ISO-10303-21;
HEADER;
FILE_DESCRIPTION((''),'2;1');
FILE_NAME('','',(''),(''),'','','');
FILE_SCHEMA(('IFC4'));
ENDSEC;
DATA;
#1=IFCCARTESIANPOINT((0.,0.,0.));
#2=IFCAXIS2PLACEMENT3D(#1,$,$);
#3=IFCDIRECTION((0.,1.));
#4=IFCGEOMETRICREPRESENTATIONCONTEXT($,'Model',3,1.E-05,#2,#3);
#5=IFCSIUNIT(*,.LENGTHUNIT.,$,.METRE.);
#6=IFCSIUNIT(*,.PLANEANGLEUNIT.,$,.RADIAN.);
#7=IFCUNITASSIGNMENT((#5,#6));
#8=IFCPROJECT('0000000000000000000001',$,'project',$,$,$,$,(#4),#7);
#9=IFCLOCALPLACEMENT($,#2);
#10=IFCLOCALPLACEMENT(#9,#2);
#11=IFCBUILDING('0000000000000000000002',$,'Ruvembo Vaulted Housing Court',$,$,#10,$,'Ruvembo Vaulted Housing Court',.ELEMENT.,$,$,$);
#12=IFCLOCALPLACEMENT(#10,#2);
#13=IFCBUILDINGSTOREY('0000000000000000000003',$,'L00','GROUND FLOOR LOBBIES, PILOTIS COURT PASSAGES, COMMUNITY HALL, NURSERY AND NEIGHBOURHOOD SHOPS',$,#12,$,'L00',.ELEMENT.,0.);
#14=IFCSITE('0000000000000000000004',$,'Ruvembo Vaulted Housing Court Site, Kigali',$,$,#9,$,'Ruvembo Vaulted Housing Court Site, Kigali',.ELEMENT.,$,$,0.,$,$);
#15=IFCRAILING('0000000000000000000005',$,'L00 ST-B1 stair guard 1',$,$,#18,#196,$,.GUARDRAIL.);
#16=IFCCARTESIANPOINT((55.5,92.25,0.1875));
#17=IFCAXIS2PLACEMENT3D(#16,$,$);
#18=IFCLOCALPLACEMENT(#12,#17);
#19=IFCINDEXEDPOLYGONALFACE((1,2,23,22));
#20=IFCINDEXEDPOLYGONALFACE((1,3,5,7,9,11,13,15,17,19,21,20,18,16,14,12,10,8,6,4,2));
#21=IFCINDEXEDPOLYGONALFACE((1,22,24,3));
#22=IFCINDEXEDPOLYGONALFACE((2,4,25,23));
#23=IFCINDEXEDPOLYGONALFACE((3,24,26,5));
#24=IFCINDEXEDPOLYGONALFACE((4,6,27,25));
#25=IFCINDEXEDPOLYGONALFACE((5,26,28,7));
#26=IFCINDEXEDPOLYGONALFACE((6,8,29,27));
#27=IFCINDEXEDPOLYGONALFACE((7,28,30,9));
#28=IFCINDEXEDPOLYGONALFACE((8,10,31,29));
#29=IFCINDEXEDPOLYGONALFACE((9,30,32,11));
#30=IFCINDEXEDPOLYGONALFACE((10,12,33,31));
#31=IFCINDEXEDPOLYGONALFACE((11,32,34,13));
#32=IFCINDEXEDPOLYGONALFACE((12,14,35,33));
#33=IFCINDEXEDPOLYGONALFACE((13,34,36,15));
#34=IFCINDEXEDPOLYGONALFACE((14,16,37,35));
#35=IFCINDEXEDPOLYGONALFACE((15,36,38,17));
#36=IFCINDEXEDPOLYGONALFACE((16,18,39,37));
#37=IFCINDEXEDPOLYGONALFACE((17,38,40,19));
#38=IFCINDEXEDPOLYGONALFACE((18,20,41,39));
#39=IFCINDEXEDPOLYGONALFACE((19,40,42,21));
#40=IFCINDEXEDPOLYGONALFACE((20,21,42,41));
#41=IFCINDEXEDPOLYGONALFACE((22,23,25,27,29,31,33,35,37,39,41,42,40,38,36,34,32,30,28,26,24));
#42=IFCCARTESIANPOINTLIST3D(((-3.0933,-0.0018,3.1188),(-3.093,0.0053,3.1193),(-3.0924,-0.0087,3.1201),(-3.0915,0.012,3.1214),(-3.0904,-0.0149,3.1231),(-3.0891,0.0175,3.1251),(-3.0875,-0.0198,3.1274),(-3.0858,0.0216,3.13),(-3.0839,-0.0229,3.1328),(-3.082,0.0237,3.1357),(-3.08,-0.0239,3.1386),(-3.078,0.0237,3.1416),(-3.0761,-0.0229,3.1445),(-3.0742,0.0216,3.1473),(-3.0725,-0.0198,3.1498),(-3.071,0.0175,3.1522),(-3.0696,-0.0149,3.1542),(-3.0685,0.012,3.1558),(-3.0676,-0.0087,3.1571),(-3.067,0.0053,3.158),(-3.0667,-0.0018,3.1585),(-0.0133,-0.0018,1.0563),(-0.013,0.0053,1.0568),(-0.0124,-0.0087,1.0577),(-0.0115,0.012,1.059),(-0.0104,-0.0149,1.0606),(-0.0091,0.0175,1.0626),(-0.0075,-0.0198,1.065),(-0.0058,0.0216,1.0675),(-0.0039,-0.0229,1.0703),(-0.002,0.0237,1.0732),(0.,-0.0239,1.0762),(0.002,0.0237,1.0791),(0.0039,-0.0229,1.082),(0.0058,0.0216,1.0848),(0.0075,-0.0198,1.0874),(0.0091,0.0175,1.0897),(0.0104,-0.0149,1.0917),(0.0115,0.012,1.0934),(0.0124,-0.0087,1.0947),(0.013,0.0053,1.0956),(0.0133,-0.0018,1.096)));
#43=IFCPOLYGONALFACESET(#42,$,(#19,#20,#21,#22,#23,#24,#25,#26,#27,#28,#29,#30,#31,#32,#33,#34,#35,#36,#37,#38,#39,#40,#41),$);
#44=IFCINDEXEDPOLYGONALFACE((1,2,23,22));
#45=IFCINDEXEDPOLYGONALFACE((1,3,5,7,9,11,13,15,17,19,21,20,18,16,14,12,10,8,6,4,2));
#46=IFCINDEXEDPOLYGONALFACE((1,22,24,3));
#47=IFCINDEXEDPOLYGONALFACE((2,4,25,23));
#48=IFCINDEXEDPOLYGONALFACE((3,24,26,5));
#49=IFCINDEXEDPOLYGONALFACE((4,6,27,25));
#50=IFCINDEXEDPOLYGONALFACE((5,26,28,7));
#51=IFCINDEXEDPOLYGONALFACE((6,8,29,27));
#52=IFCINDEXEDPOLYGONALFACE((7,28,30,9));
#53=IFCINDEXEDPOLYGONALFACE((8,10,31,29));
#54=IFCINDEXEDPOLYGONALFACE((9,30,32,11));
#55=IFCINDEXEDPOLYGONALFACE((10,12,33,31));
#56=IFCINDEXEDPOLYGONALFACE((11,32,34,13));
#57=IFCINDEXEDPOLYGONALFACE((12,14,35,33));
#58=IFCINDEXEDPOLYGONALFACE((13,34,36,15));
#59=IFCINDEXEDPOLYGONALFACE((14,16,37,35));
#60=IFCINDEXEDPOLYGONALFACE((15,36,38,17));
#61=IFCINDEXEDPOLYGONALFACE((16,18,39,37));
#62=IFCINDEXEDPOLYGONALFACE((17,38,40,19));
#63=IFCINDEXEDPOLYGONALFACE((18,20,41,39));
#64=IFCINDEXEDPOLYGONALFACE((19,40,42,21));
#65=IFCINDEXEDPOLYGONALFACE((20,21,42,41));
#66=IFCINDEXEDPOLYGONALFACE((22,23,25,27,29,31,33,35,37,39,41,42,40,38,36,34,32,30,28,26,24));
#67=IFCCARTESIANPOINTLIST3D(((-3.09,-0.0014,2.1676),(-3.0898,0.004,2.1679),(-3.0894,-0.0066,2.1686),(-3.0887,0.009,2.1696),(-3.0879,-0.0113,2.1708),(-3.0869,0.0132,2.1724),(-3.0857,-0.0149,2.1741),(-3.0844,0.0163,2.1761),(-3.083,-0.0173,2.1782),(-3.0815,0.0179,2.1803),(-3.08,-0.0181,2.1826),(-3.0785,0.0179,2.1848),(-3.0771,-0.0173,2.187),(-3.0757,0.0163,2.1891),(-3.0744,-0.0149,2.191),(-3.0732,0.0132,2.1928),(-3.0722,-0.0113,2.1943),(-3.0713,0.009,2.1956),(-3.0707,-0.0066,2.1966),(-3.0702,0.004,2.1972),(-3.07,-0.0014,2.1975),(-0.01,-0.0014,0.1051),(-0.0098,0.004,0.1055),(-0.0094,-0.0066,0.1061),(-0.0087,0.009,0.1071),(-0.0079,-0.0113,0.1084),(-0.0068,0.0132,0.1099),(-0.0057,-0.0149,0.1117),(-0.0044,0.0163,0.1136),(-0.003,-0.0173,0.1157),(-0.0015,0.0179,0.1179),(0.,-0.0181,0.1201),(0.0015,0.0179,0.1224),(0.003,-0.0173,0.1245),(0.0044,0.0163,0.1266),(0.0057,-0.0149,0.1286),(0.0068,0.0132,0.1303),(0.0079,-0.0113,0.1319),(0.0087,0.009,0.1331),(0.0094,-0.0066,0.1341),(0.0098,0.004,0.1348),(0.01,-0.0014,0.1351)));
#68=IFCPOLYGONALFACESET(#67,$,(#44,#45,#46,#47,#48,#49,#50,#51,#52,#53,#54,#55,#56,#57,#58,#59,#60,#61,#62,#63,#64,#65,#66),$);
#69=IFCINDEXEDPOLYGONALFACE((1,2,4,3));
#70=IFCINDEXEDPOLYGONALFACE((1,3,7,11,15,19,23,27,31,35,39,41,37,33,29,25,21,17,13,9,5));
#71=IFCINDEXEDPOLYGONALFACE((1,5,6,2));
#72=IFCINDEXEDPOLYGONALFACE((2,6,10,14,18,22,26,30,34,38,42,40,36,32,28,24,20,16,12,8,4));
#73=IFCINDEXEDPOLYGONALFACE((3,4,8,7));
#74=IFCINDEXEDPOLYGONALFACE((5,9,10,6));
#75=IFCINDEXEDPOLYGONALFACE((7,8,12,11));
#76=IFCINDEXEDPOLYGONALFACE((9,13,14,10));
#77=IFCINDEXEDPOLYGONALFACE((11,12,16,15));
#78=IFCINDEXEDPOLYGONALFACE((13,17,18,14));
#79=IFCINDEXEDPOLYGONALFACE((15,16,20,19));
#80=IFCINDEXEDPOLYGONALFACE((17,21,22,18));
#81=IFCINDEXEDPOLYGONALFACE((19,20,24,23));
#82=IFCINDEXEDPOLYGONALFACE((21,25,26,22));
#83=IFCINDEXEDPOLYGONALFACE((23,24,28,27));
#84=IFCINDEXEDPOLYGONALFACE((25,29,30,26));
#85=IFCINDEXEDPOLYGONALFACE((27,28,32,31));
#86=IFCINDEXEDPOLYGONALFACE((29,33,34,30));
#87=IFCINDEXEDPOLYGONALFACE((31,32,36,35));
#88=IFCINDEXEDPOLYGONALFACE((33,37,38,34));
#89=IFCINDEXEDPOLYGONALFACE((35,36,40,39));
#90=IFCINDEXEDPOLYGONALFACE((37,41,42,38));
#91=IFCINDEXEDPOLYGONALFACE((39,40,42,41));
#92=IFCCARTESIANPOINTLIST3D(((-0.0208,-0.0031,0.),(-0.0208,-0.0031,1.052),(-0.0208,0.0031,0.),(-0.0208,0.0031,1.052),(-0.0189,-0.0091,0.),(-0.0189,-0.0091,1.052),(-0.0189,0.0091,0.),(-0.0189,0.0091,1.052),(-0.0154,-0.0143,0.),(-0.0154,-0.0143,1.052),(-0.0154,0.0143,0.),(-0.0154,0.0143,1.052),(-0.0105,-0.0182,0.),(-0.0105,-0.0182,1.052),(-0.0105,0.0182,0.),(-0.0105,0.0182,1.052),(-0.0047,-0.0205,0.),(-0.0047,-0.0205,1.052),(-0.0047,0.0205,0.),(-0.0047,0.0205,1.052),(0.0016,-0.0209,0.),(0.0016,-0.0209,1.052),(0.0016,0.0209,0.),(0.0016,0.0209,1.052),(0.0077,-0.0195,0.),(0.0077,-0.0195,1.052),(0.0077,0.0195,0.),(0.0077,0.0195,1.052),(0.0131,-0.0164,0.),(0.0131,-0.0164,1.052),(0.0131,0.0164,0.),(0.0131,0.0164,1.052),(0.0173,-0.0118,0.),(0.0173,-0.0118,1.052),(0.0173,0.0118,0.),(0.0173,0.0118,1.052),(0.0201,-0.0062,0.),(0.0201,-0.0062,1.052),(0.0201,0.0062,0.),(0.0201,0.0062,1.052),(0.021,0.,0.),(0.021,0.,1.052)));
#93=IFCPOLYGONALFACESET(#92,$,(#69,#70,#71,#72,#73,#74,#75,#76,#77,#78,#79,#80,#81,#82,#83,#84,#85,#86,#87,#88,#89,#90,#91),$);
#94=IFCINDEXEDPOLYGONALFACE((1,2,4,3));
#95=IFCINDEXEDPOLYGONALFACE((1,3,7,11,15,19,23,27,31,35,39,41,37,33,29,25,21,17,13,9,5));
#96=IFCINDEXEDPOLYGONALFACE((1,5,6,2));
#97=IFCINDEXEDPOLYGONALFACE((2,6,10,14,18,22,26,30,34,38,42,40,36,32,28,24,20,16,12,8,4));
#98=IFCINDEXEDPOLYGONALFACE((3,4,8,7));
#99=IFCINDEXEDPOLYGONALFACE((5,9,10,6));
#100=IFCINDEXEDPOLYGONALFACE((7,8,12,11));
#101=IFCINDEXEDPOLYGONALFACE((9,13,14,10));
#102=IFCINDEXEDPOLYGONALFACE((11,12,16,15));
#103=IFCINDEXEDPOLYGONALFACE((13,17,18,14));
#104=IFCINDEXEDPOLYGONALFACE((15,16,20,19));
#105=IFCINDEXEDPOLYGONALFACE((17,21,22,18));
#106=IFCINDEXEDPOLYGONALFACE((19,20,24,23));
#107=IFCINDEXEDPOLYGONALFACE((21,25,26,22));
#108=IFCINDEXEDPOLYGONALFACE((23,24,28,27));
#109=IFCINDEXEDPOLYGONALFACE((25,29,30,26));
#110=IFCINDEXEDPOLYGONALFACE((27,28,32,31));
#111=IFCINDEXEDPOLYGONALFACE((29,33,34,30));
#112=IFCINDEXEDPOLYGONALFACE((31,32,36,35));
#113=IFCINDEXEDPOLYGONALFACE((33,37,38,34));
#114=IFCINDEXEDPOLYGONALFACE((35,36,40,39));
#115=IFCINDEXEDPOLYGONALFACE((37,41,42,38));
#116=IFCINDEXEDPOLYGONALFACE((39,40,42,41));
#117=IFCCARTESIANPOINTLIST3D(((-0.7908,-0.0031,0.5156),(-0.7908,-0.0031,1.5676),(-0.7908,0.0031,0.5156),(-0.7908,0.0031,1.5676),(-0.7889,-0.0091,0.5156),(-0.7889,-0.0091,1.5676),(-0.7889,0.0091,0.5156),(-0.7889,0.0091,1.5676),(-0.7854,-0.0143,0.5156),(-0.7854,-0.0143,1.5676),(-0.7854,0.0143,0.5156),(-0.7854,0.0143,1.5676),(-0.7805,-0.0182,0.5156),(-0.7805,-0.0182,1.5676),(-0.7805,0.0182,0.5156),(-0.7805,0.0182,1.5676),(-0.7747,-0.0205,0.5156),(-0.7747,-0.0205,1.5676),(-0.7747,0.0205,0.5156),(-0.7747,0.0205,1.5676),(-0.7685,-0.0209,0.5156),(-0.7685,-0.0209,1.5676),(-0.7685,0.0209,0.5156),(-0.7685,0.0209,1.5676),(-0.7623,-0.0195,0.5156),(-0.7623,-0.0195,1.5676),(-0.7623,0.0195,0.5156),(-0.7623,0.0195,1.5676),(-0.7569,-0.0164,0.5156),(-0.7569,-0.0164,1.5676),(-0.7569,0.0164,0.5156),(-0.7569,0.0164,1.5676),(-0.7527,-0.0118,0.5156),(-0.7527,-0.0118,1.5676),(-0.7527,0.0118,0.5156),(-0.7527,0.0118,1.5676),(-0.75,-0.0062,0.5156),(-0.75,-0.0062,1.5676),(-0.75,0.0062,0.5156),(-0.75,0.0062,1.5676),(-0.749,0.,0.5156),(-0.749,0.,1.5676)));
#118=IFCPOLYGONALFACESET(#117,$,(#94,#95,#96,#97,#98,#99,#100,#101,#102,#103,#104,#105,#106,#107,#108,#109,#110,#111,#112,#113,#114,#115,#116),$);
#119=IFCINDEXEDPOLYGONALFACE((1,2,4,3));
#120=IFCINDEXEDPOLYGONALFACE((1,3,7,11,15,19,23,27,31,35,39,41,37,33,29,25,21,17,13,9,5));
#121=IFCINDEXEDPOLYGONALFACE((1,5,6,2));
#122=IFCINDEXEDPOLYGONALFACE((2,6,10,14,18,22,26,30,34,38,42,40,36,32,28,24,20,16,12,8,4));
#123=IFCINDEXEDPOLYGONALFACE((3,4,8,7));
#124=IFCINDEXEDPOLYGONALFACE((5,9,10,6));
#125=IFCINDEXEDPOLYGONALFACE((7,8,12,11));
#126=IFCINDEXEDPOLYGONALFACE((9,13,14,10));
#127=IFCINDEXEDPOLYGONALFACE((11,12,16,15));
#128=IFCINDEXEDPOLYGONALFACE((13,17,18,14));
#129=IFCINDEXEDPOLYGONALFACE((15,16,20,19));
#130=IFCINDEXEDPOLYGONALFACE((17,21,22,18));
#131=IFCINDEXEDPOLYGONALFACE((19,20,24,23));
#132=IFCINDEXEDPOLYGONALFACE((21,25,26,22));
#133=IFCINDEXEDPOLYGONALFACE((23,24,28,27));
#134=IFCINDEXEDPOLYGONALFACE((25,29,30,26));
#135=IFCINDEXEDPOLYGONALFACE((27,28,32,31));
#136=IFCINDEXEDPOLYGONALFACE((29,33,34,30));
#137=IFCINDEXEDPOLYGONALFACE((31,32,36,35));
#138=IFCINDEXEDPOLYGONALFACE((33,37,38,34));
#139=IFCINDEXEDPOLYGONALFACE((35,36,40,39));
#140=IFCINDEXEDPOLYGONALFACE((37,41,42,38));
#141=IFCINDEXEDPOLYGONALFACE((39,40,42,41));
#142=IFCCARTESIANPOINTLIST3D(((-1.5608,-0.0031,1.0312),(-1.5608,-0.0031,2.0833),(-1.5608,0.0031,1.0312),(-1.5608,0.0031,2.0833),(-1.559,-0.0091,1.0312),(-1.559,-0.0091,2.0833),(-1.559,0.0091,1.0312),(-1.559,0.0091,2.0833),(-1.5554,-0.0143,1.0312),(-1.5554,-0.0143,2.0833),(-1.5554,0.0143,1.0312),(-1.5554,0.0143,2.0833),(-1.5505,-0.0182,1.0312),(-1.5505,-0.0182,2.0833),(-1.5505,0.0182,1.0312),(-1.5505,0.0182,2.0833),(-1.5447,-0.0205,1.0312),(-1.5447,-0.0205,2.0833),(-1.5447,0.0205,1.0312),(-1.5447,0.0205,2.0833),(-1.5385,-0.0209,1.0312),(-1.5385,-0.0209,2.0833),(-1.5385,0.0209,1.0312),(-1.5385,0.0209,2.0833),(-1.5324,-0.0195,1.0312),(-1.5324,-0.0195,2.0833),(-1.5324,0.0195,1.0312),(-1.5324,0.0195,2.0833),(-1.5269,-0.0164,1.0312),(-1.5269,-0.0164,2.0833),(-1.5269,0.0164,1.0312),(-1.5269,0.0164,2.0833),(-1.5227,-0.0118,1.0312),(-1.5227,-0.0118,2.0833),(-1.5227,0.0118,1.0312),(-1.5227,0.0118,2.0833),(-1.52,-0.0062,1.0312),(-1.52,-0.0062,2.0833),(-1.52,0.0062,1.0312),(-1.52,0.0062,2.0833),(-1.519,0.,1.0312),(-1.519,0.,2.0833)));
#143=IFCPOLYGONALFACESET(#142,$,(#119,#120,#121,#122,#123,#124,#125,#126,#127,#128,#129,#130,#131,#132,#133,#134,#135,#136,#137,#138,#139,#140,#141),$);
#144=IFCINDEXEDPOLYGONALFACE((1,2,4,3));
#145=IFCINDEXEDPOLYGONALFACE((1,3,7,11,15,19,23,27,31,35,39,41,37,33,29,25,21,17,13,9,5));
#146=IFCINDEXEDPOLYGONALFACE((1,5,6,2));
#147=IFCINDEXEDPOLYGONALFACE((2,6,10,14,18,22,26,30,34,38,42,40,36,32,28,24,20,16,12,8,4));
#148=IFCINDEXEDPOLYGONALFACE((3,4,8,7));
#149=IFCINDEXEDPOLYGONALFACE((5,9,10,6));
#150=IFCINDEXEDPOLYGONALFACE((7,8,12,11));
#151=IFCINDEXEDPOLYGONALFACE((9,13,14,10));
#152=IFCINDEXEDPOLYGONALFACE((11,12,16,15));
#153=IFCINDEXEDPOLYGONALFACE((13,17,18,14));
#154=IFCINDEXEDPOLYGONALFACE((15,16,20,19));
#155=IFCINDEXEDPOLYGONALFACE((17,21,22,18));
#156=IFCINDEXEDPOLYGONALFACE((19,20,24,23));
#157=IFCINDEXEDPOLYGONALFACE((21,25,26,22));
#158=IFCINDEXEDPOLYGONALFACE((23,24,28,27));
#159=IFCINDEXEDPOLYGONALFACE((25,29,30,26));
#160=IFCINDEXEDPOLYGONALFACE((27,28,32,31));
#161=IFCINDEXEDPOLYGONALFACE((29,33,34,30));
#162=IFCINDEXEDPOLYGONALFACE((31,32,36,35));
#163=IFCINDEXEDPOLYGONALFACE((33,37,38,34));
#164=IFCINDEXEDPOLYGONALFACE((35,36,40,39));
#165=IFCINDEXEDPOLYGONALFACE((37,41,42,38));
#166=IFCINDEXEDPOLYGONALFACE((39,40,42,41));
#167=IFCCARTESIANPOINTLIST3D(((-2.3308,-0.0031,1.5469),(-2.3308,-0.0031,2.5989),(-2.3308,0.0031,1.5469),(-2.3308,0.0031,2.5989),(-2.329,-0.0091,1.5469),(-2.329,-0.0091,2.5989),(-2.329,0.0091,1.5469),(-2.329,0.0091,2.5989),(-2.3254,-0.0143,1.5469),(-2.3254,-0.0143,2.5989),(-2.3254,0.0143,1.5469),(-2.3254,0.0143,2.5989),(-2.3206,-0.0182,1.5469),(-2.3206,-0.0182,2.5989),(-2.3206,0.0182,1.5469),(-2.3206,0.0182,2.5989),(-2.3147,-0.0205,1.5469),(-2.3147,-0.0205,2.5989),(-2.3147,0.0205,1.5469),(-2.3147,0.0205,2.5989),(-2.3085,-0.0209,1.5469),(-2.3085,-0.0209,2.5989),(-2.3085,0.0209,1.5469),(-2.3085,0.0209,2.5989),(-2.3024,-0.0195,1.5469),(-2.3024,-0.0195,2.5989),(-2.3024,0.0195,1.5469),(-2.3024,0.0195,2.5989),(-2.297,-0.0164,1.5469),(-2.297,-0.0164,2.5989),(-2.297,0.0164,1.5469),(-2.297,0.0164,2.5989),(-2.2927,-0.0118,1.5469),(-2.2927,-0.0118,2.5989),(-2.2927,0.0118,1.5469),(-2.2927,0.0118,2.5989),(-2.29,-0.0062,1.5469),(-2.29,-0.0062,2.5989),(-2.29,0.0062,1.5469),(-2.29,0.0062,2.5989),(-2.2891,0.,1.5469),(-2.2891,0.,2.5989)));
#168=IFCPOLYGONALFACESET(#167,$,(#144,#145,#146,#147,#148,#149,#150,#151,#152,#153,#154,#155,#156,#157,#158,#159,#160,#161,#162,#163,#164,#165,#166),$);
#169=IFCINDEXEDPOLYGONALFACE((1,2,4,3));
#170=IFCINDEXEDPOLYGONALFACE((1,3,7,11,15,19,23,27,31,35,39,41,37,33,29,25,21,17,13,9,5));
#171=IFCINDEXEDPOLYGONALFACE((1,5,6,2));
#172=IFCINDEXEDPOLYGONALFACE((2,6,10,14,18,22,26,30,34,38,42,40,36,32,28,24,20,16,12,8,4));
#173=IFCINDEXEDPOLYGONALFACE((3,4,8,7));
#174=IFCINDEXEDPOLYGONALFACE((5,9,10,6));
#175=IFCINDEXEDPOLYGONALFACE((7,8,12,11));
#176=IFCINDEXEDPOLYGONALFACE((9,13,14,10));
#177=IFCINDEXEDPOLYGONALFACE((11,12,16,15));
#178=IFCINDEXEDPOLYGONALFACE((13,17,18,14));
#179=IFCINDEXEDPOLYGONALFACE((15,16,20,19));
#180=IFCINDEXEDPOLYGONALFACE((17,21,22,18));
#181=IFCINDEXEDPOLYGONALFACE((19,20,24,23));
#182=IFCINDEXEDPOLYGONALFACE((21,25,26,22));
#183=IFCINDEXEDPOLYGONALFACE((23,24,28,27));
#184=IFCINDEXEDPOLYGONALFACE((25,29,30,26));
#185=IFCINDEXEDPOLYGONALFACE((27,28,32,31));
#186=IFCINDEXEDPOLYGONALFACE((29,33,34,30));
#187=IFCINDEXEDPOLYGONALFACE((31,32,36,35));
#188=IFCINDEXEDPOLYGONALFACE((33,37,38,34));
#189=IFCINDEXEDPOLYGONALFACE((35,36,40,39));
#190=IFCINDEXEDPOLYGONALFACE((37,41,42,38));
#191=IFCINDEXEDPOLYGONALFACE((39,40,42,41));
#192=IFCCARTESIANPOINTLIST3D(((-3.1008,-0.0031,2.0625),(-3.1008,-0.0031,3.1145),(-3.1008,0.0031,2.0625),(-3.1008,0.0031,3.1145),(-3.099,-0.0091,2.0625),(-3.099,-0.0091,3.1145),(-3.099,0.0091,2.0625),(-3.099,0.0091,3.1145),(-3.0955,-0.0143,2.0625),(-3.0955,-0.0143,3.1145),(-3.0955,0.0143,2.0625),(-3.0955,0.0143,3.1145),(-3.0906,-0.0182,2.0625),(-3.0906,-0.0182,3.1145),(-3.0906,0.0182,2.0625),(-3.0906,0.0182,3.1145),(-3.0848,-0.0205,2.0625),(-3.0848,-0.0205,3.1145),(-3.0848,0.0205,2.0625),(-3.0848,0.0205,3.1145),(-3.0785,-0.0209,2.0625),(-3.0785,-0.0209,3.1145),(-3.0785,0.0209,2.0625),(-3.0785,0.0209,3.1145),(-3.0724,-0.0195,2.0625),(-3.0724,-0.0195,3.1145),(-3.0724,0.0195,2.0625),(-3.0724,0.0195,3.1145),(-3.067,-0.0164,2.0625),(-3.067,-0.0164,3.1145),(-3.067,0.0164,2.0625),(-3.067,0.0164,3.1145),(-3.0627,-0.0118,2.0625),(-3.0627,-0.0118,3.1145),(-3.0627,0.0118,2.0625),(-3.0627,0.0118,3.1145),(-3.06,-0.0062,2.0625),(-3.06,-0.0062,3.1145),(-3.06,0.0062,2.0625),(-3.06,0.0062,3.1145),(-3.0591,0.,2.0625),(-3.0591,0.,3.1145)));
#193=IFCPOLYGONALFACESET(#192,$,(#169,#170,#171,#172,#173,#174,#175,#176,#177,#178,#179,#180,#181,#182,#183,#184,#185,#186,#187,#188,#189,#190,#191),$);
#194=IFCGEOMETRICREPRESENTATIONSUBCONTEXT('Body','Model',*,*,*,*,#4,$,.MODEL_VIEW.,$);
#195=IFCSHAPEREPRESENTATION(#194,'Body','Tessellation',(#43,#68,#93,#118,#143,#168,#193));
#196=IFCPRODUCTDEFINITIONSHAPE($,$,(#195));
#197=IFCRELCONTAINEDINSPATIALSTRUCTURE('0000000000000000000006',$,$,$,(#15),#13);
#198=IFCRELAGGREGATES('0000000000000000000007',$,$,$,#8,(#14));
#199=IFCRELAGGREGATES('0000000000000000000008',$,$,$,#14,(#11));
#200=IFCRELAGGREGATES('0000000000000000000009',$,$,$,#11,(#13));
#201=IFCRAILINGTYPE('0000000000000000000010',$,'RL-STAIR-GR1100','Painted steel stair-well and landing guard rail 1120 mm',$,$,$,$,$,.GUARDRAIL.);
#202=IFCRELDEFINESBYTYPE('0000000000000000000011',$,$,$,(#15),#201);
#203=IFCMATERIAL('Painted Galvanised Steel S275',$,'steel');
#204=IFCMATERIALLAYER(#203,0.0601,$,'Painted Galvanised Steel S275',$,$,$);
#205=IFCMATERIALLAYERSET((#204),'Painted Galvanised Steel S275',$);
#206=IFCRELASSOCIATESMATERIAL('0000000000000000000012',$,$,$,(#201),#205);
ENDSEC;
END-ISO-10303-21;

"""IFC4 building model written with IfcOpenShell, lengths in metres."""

from ifc_helpers import new_model, si_unit, direction, frame, origin, origin_2d, place, context, subcontext, project, spatial, circle, extrude, material, layer, layer_set, type_object, element, save


model = new_model("IFC4")

# Units and contexts
model_context = context("Model", 3, precision=1e-05, world=origin(), true_north=direction((0.0, 1.0)))
body_context = subcontext(model_context, "Body", "Model", "MODEL_VIEW")
ifc_project = project(units=[si_unit("LENGTHUNIT", "METRE"), si_unit("PLANEANGLEUNIT", "RADIAN")], contexts=[model_context])

# Site, building, storey
site_placement = place(None, origin())
site = spatial("IfcSite", under=ifc_project, at=site_placement, Name="Ruvembo Vaulted Housing Court Site, Kigali", LongName="Ruvembo Vaulted Housing Court Site, Kigali", CompositionType="ELEMENT", RefElevation=0.0)
building_placement = place(site_placement, origin())
building = spatial("IfcBuilding", under=site, at=building_placement, Name="Ruvembo Vaulted Housing Court", LongName="Ruvembo Vaulted Housing Court", CompositionType="ELEMENT")
storey_placement = place(building_placement, origin())
storey = spatial("IfcBuildingStorey", under=building, at=storey_placement, Name="L00", Description="GROUND FLOOR LOBBIES, PILOTIS COURT PASSAGES, COMMUNITY HALL, NURSERY AND NEIGHBOURHOOD SHOPS", LongName="L00", CompositionType="ELEMENT", Elevation=0.0)

# Railing
ifc_material_1 = material(Name="Painted Galvanised Steel S275", Category="steel")
ifc_layer_1 = layer(ifc_material_1, 0.0601, Name="Painted Galvanised Steel S275")
ifc_layer_set_1 = layer_set([ifc_layer_1], Name="Painted Galvanised Steel S275")
railing_type_1 = type_object("IfcRailingType", Name="RL-STAIR-GR1100", Description="Painted steel stair-well and landing guard rail 1120 mm", PredefinedType="GUARDRAIL", material=ifc_layer_set_1)
railing_1_placement = place(storey_placement, frame((55.5, 92.25, 0.1875)))
element("IfcRailing", 1, at=railing_1_placement, inside=storey, type_object=railing_type_1, Name="L00 ST-B1 stair guard 1", PredefinedType="GUARDRAIL", context=body_context, shape_type="SweptSolid", body=[
    extrude(circle(Radius=0.0239, at=origin_2d()), frame((0.0, 0.0, 1.0762), z_axis=(-0.830914, 0.0, 0.556401), x_axis=(0.0, -1.0, 0.0)), (0.0, 0.0, 1.0), 3.7068),
    extrude(circle(Radius=0.0181, at=origin_2d()), frame((0.0, 0.0, 0.1201), z_axis=(-0.830914, 0.0, 0.556401), x_axis=(0.0, -1.0, 0.0)), (0.0, 0.0, 1.0), 3.7068),
    extrude(circle(Radius=0.021, at=origin_2d()), origin(), (0.0, 0.0, 1.0), 1.052),
    extrude(circle(Radius=0.021, at=origin_2d()), frame((-0.77, 0.0, 0.5156)), (0.0, 0.0, 1.0), 1.052),
    extrude(circle(Radius=0.021, at=origin_2d()), frame((-1.54, 0.0, 1.0312)), (0.0, 0.0, 1.0), 1.052),
    extrude(circle(Radius=0.021, at=origin_2d()), frame((-2.3101, 0.0, 1.5469)), (0.0, 0.0, 1.0), 1.052),
    extrude(circle(Radius=0.021, at=origin_2d()), frame((-3.0801, 0.0, 2.0625)), (0.0, 0.0, 1.0), 1.052),
])

save(model, "model.ifc")
